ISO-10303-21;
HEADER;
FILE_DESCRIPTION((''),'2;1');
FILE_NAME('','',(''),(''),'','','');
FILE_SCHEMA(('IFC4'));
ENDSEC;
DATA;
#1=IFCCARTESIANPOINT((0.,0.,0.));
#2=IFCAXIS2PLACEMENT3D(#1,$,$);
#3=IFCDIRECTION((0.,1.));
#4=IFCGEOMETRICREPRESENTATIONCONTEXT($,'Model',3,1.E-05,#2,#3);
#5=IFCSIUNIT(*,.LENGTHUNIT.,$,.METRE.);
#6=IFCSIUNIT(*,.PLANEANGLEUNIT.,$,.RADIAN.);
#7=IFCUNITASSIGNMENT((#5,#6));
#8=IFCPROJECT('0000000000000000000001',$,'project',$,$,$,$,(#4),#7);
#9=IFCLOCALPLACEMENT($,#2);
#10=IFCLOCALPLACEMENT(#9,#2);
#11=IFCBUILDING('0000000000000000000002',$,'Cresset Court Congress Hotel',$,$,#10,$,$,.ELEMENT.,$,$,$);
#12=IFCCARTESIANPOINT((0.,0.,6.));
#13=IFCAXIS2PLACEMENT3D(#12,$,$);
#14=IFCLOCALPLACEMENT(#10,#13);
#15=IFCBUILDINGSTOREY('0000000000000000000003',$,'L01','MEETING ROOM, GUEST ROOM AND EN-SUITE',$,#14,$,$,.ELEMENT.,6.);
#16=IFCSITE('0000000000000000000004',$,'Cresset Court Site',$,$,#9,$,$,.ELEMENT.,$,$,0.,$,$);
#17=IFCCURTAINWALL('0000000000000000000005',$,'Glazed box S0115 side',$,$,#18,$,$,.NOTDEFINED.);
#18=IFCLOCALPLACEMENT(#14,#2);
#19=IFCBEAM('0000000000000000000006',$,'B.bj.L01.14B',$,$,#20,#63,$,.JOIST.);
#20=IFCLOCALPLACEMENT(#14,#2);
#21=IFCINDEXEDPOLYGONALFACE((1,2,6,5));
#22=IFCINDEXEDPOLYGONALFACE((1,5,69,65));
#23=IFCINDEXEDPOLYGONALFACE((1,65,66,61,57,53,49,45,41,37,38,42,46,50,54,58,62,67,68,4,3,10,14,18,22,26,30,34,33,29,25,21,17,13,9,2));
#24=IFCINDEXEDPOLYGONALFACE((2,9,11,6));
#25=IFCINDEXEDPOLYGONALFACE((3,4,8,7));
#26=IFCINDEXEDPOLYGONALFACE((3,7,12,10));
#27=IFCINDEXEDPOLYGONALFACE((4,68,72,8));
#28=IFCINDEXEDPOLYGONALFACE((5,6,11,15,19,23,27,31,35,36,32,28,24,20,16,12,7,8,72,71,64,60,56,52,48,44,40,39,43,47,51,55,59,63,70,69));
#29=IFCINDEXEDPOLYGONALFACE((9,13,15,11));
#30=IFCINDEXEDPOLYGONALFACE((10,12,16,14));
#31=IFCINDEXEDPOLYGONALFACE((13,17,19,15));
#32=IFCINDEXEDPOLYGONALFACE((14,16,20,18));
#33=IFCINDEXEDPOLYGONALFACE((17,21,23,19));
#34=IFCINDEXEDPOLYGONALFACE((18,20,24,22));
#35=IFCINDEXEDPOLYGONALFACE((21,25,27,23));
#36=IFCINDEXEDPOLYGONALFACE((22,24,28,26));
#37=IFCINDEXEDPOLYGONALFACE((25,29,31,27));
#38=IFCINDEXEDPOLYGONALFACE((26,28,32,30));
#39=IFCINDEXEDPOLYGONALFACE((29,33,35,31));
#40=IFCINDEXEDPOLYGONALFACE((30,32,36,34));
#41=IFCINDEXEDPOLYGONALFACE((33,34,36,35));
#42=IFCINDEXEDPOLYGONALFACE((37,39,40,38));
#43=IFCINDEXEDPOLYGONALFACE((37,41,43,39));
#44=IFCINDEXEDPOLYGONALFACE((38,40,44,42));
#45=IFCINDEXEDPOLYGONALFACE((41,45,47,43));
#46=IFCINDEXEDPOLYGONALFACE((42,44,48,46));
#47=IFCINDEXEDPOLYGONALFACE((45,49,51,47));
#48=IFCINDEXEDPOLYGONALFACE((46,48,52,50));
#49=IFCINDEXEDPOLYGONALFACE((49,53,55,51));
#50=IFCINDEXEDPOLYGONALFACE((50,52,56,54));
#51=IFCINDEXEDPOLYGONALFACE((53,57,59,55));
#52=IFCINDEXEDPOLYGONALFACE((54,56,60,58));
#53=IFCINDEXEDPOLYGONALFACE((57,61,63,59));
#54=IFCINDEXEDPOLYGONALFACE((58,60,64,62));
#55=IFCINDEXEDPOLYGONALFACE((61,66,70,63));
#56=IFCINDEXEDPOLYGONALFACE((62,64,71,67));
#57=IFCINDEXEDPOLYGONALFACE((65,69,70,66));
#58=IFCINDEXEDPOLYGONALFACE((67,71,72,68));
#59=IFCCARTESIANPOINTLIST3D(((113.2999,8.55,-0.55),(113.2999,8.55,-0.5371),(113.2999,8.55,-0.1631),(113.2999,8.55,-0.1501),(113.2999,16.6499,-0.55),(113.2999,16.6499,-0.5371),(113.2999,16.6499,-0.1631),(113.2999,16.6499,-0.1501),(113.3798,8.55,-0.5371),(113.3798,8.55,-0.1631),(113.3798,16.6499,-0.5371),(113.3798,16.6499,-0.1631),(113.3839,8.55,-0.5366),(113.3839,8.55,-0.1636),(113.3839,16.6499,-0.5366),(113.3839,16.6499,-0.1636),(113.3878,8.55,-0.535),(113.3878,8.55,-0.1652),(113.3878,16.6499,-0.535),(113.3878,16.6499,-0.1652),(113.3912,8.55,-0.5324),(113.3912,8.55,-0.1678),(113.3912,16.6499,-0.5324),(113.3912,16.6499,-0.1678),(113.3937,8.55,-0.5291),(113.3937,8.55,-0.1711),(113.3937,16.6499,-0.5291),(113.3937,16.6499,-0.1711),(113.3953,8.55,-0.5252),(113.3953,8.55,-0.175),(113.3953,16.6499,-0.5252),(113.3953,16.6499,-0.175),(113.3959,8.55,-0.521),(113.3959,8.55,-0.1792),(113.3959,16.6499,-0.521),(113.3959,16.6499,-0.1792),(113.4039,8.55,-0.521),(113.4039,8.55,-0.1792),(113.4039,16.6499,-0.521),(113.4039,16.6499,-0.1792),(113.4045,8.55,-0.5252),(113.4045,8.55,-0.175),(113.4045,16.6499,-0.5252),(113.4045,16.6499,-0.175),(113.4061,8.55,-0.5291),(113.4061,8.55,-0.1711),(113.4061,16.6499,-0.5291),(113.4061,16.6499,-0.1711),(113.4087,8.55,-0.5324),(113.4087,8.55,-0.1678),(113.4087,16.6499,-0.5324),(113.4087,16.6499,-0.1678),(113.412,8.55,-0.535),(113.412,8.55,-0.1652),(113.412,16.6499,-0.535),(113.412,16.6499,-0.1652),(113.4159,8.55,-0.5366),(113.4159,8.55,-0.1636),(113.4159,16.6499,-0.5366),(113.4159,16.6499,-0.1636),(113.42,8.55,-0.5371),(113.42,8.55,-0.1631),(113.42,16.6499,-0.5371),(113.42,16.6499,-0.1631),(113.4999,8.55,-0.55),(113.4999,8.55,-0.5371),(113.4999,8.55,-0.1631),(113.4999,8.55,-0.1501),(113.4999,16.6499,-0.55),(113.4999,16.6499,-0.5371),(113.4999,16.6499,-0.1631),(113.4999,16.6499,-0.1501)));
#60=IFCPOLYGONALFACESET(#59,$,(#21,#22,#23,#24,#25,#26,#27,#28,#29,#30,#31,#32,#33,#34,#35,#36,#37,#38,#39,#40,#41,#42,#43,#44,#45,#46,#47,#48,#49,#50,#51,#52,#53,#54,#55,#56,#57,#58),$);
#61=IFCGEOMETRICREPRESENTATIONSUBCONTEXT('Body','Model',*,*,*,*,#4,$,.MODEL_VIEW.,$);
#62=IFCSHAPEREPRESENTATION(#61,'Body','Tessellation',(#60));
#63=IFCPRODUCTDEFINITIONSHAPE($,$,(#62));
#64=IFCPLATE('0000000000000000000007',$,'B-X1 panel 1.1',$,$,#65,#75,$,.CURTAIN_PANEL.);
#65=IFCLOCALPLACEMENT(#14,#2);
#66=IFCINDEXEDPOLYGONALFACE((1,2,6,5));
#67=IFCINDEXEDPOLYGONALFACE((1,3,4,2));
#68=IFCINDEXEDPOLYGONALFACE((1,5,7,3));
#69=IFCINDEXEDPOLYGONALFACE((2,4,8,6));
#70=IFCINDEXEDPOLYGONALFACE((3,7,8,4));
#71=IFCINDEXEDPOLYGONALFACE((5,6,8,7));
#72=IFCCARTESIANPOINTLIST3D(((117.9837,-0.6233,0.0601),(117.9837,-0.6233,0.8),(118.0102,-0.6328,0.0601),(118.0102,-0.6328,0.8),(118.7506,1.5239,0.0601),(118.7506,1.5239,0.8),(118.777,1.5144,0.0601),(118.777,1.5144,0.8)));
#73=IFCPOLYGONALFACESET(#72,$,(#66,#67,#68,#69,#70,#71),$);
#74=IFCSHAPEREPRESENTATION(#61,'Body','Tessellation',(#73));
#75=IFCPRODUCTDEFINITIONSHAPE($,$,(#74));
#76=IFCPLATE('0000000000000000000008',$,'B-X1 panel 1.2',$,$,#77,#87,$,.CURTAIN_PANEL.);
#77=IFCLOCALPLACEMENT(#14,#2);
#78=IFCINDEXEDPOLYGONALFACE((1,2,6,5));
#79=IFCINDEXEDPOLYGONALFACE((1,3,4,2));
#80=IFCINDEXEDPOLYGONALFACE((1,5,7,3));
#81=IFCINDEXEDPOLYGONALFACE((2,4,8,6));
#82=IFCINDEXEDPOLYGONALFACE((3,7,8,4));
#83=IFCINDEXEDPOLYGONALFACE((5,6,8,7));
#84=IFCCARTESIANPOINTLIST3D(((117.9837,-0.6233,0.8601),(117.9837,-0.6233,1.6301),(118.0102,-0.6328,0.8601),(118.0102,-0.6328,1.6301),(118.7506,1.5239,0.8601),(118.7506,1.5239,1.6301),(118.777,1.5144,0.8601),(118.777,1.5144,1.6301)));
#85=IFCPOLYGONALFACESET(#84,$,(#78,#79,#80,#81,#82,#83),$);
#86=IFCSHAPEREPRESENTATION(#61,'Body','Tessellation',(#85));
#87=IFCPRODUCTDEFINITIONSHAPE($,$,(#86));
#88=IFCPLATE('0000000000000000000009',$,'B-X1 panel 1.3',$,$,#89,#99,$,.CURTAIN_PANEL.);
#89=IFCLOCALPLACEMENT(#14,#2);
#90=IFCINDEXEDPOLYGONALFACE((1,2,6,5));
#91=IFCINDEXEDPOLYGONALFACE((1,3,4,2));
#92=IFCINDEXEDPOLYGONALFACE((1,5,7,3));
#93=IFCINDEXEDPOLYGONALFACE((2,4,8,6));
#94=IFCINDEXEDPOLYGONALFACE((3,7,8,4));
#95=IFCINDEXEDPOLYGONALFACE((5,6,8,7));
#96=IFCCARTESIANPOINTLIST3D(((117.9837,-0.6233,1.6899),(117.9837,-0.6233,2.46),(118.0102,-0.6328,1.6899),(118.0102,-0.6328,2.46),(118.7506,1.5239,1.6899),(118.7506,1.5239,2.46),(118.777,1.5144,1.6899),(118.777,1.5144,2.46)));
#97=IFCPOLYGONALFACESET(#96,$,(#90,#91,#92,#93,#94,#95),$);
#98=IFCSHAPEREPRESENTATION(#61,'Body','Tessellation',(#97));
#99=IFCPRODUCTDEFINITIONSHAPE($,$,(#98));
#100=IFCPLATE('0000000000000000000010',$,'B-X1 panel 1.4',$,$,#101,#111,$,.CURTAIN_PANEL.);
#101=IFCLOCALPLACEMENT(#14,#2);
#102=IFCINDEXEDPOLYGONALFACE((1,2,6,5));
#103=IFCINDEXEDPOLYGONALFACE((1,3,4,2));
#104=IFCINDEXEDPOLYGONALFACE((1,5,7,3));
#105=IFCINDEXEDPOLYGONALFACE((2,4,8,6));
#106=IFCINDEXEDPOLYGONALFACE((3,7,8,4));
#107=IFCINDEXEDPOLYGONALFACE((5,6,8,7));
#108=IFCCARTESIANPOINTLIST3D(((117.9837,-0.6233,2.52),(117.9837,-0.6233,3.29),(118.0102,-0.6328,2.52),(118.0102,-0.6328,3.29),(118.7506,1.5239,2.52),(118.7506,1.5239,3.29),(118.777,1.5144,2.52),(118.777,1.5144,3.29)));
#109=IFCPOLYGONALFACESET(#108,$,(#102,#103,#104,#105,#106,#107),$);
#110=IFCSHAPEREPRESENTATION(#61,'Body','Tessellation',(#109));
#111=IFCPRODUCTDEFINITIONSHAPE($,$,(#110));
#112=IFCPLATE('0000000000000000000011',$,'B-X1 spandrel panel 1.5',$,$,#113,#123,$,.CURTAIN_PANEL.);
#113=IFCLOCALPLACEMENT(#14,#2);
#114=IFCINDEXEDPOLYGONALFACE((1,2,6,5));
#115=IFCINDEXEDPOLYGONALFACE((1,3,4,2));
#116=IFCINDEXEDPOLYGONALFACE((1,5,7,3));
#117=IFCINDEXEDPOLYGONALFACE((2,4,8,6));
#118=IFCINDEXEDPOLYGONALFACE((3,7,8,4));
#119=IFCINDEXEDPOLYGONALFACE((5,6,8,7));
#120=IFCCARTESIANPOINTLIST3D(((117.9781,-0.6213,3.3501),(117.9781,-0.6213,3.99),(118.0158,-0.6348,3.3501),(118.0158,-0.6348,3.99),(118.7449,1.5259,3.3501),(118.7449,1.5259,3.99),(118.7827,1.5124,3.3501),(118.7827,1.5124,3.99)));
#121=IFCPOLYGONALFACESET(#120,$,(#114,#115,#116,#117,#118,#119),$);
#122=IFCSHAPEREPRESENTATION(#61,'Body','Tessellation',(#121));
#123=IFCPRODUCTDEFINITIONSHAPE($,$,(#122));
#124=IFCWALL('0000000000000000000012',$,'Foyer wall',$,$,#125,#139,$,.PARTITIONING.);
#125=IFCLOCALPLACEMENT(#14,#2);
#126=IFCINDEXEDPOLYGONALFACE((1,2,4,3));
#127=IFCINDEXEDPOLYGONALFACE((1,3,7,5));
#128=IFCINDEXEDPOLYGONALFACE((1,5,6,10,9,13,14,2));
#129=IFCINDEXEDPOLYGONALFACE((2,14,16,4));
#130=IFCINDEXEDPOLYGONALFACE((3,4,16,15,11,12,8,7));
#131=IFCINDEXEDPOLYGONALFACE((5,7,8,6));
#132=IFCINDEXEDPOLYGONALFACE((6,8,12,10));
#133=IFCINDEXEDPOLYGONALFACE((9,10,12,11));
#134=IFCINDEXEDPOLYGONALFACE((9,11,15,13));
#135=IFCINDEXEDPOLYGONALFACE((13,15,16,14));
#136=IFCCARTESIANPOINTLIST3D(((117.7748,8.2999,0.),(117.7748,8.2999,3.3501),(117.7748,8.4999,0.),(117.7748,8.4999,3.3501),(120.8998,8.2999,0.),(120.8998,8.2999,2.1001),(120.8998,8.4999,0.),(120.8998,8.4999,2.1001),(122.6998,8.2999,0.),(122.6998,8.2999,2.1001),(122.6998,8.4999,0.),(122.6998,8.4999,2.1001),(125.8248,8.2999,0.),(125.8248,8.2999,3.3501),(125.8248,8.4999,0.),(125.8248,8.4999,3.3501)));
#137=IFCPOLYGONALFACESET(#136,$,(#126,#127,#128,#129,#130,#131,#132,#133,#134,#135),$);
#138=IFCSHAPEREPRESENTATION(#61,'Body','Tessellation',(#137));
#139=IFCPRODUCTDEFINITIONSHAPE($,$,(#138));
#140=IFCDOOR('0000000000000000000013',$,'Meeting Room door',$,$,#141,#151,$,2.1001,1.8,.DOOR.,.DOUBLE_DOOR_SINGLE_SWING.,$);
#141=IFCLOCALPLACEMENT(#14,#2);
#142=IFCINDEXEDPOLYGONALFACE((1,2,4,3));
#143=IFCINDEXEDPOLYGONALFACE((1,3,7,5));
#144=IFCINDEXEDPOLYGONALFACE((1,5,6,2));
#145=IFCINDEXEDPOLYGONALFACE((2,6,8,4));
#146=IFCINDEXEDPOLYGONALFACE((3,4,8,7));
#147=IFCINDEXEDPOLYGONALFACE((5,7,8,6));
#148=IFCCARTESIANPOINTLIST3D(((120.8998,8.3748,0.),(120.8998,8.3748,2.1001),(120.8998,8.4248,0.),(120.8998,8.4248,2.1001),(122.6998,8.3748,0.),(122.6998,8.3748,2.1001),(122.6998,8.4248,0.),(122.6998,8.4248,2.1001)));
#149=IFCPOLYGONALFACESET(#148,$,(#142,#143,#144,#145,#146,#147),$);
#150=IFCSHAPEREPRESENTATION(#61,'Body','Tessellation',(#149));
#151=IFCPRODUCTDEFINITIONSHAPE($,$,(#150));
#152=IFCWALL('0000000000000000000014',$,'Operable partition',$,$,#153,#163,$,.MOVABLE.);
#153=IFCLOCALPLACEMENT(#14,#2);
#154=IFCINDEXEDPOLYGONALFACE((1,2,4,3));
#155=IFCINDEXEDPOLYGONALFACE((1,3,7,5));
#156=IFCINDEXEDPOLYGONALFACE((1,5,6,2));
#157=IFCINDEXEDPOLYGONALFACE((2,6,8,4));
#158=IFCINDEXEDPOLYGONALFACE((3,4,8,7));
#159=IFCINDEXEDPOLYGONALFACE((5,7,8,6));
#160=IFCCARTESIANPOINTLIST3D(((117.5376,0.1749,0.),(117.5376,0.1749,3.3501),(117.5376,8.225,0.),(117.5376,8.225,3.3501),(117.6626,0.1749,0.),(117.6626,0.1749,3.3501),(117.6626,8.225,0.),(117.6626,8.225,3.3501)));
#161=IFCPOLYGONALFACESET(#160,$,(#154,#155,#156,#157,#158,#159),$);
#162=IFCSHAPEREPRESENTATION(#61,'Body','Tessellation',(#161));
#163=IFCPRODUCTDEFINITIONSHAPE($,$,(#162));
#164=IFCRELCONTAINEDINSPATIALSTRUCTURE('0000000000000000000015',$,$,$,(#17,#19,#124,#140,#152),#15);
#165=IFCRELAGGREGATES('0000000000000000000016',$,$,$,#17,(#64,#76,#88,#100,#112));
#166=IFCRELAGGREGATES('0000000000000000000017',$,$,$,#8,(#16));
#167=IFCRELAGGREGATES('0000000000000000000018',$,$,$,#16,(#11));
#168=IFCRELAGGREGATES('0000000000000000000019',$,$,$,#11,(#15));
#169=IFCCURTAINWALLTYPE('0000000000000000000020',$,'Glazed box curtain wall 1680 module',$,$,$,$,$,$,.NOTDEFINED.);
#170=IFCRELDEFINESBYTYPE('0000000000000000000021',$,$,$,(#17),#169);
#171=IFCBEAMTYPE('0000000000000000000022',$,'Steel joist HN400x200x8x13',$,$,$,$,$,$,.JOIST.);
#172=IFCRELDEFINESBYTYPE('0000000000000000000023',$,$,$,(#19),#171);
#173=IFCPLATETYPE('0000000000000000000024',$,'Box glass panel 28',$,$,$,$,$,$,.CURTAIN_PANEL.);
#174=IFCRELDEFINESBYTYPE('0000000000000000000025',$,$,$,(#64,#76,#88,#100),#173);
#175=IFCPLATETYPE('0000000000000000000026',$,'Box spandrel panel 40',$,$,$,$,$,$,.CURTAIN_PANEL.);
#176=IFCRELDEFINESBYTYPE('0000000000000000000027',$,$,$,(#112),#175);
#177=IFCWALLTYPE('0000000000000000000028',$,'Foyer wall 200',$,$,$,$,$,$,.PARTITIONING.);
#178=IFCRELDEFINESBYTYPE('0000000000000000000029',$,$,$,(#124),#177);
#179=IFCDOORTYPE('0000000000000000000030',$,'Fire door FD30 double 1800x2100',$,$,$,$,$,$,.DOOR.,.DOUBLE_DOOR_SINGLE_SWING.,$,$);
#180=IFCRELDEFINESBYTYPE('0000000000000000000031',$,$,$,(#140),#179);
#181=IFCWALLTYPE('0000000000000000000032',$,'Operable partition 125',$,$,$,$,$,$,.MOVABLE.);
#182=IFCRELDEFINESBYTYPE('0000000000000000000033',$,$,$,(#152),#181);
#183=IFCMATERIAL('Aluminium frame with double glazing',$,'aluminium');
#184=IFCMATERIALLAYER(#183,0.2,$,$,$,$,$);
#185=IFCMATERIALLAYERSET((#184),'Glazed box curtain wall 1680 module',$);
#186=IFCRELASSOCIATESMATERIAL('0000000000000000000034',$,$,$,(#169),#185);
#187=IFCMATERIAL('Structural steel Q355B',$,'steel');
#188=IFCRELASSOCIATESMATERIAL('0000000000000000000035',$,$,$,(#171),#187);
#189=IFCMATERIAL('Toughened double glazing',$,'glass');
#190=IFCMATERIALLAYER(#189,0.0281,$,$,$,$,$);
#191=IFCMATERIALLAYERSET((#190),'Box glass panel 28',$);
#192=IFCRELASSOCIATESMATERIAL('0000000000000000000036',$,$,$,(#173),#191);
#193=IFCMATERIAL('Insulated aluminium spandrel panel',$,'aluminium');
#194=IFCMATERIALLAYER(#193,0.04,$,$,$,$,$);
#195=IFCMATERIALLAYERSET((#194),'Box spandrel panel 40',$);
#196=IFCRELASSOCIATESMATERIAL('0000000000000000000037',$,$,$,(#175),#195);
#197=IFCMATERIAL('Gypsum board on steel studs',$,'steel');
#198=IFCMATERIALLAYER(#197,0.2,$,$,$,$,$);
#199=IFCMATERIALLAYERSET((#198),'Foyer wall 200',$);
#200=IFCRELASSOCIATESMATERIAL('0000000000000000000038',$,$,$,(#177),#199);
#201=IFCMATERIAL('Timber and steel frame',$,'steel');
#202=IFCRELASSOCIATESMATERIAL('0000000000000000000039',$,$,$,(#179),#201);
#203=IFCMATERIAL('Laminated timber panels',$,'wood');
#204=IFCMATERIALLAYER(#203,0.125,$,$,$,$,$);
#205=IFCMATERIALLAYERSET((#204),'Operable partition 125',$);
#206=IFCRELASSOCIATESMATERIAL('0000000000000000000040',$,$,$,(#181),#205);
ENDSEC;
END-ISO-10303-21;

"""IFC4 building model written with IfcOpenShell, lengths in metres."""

from ifc_helpers import new_model, si_unit, direction, frame, frame_2d, origin, origin_2d, place, context, subcontext, project, spatial, rectangle, i_section, extrude, material, layer, layer_set, material_profile, profile_set, type_object, element, fill, aggregate, save


model = new_model("IFC4")

# Units and contexts
model_context = context("Model", 3, precision=1e-05, world=origin(), true_north=direction((0.0, 1.0)))
body_context = subcontext(model_context, "Body", "Model", "MODEL_VIEW")
ifc_project = project(units=[si_unit("LENGTHUNIT", "METRE"), si_unit("PLANEANGLEUNIT", "RADIAN")], contexts=[model_context])

# Site, building, storey
site_placement = place(None, origin())
site = spatial("IfcSite", under=ifc_project, at=site_placement, Name="Cresset Court Site", CompositionType="ELEMENT", RefElevation=0.0)
building_placement = place(site_placement, origin())
building = spatial("IfcBuilding", under=site, at=building_placement, Name="Cresset Court Congress Hotel", CompositionType="ELEMENT")
storey_placement = place(building_placement, frame((0.0, 0.0, 6.0)))
storey = spatial("IfcBuildingStorey", under=building, at=storey_placement, Name="L01", Description="MEETING ROOM, GUEST ROOM AND EN-SUITE", CompositionType="ELEMENT", Elevation=6.0)

# Curtain wall
ifc_material_1 = material(Name="Aluminium frame with double glazing", Category="aluminium")
ifc_layer_1 = layer(ifc_material_1, 0.2)
ifc_layer_set_1 = layer_set([ifc_layer_1], Name="Glazed box curtain wall 1680 module")
curtain_wall_type = type_object("IfcCurtainWallType", Name="Glazed box curtain wall 1680 module", PredefinedType="NOTDEFINED", material=ifc_layer_set_1)
curtain_wall_1_placement = place(storey_placement, origin())
curtain_wall_1 = element("IfcCurtainWall", 1, at=curtain_wall_1_placement, inside=storey, type_object=curtain_wall_type, Name="Glazed box S0115 side", PredefinedType="NOTDEFINED")

# Beam
ifc_material_2 = material(Name="Structural steel Q355B", Category="steel")
ifc_material_profile_1 = material_profile(ifc_material_2, i_section(OverallWidth=0.2, OverallDepth=0.3999, WebThickness=0.0081, FlangeThickness=0.0129, FilletRadius=0.0161, at=origin_2d()), Name="HN400x200x8x13")
ifc_profile_set_1 = profile_set([ifc_material_profile_1], Name="Structural steel Q355B")
beam_type_1 = type_object("IfcBeamType", Name="Steel joist HN400x200x8x13", PredefinedType="JOIST", material=ifc_profile_set_1)
beam_placement = place(storey_placement, frame((113.3999, 8.55, -0.3501), z_axis=(0.0, 1.0, 0.0), x_axis=(-1.0, 0.0, 0.0)))
element("IfcBeam", 2, at=beam_placement, inside=storey, type_object=beam_type_1, Name="B.bj.L01.14B", PredefinedType="JOIST", context=body_context, shape_type="SweptSolid", body=[
    extrude(i_section(OverallWidth=0.2, OverallDepth=0.3999, WebThickness=0.0081, FlangeThickness=0.0129, FilletRadius=0.0161, at=origin_2d()), origin(), (0.0, 0.0, 1.0), 8.0999),
])

# Plates
ifc_material_3 = material(Name="Toughened double glazing", Category="glass")
ifc_layer_2 = layer(ifc_material_3, 0.0281)
ifc_layer_set_2 = layer_set([ifc_layer_2], Name="Box glass panel 28")
plate_type_1 = type_object("IfcPlateType", Name="Box glass panel 28", PredefinedType="CURTAIN_PANEL", material=ifc_layer_set_2)
plate_1_placement = place(storey_placement, frame((118.3804, 0.4456, 0.0601), z_axis=(0.0, 0.0, 1.0), x_axis=(0.336336, 0.941742, 0.0)))
plate_1 = element("IfcPlate", 3, at=plate_1_placement, type_object=plate_type_1, Name="B-X1 panel 1.1", PredefinedType="CURTAIN_PANEL", context=body_context, shape_type="SweptSolid", body=[
    extrude(rectangle(XDim=2.28, YDim=0.0281, at=origin_2d()), origin(), (0.0, 0.0, 1.0), 0.74),
])
plate_2_placement = place(storey_placement, frame((118.3804, 0.4456, 0.8601), z_axis=(0.0, 0.0, 1.0), x_axis=(0.336336, 0.941742, 0.0)))
plate_2 = element("IfcPlate", 4, at=plate_2_placement, type_object=plate_type_1, Name="B-X1 panel 1.2", PredefinedType="CURTAIN_PANEL", context=body_context, shape_type="SweptSolid", body=[
    extrude(rectangle(XDim=2.28, YDim=0.0281, at=origin_2d()), origin(), (0.0, 0.0, 1.0), 0.77),
])
plate_3_placement = place(storey_placement, frame((118.3804, 0.4456, 1.6899), z_axis=(0.0, 0.0, 1.0), x_axis=(0.336336, 0.941742, 0.0)))
plate_3 = element("IfcPlate", 5, at=plate_3_placement, type_object=plate_type_1, Name="B-X1 panel 1.3", PredefinedType="CURTAIN_PANEL", context=body_context, shape_type="SweptSolid", body=[
    extrude(rectangle(XDim=2.28, YDim=0.0281, at=origin_2d()), origin(), (0.0, 0.0, 1.0), 0.77),
])
plate_4_placement = place(storey_placement, frame((118.3804, 0.4456, 2.52), z_axis=(0.0, 0.0, 1.0), x_axis=(0.336336, 0.941742, 0.0)))
plate_4 = element("IfcPlate", 6, at=plate_4_placement, type_object=plate_type_1, Name="B-X1 panel 1.4", PredefinedType="CURTAIN_PANEL", context=body_context, shape_type="SweptSolid", body=[
    extrude(rectangle(XDim=2.28, YDim=0.0281, at=origin_2d()), origin(), (0.0, 0.0, 1.0), 0.77),
])
ifc_material_4 = material(Name="Insulated aluminium spandrel panel", Category="aluminium")
ifc_layer_3 = layer(ifc_material_4, 0.04)
ifc_layer_set_3 = layer_set([ifc_layer_3], Name="Box spandrel panel 40")
plate_type_2 = type_object("IfcPlateType", Name="Box spandrel panel 40", PredefinedType="CURTAIN_PANEL", material=ifc_layer_set_3)
plate_5_placement = place(storey_placement, frame((118.3804, 0.4456, 3.3501), z_axis=(0.0, 0.0, 1.0), x_axis=(0.336336, 0.941742, 0.0)))
plate_5 = element("IfcPlate", 7, at=plate_5_placement, type_object=plate_type_2, Name="B-X1 spandrel panel 1.5", PredefinedType="CURTAIN_PANEL", context=body_context, shape_type="SweptSolid", body=[
    extrude(rectangle(XDim=2.28, YDim=0.04, at=origin_2d()), origin(), (0.0, 0.0, 1.0), 0.6399),
])
aggregate(curtain_wall_1, [plate_1, plate_2, plate_3, plate_4, plate_5])

# Wall, opening, door
ifc_material_5 = material(Name="Gypsum board on steel studs", Category="steel")
ifc_layer_4 = layer(ifc_material_5, 0.2)
ifc_layer_set_4 = layer_set([ifc_layer_4], Name="Foyer wall 200")
wall_type_1 = type_object("IfcWallType", Name="Foyer wall 200", PredefinedType="PARTITIONING", material=ifc_layer_set_4)
wall_1_placement = place(storey_placement, frame((117.7749, 8.3999, 0.0), z_axis=(0.0, 0.0, 1.0), x_axis=(1.0, 0.0, 0.0)))
wall_1 = element("IfcWall", 8, at=wall_1_placement, inside=storey, type_object=wall_type_1, Name="Foyer wall", PredefinedType="PARTITIONING", context=body_context, shape_type="SweptSolid", body=[
    extrude(rectangle(XDim=8.05, YDim=0.2, at=frame_2d((4.0249, 0.0))), origin(), (0.0, 0.0, 1.0), 3.3501),
])
opening_1_placement = place(wall_1_placement, frame((3.125, 0.0, 0.0)))
opening_1 = element("IfcOpeningElement", 9, at=opening_1_placement, cuts=wall_1, PredefinedType="OPENING", context=body_context, shape_type="SweptSolid", body=[
    extrude(rectangle(XDim=1.8, YDim=2.1001, at=frame_2d((0.8999, 1.05))), frame((0.0, 0.1099, 0.0), z_axis=(0.0, -1.0, 0.0), x_axis=(1.0, 0.0, 0.0)), (0.0, 0.0, 1.0), 0.22),
])
ifc_material_6 = material(Name="Timber and steel frame", Category="steel")
door_type_1 = type_object("IfcDoorType", Name="Fire door FD30 double 1800x2100", OperationType="DOUBLE_DOOR_SINGLE_SWING", PredefinedType="DOOR", material=ifc_material_6)
door_1_placement = place(opening_1_placement, origin())
door_1 = element("IfcDoor", 10, at=door_1_placement, inside=storey, type_object=door_type_1, Name="Meeting Room door", OperationType="DOUBLE_DOOR_SINGLE_SWING", OverallHeight=2.1001, OverallWidth=1.8, PredefinedType="DOOR", context=body_context, shape_type="SweptSolid", body=[
    extrude(rectangle(XDim=1.8, YDim=2.1001, at=frame_2d((0.8999, 1.05))), frame((0.0, 0.0249, 0.0), z_axis=(0.0, -1.0, 0.0), x_axis=(1.0, 0.0, 0.0)), (0.0, 0.0, 1.0), 0.05),
])
fill(opening_1, door_1)

# Wall
ifc_material_7 = material(Name="Laminated timber panels", Category="wood")
ifc_layer_5 = layer(ifc_material_7, 0.125)
ifc_layer_set_5 = layer_set([ifc_layer_5], Name="Operable partition 125")
wall_type_2 = type_object("IfcWallType", Name="Operable partition 125", PredefinedType="MOVABLE", material=ifc_layer_set_5)
wall_2_placement = place(storey_placement, frame((117.6001, 0.175, 0.0), z_axis=(0.0, 0.0, 1.0), x_axis=(0.0, 1.0, 0.0)))
element("IfcWall", 11, at=wall_2_placement, inside=storey, type_object=wall_type_2, Name="Operable partition", PredefinedType="MOVABLE", context=body_context, shape_type="SweptSolid", body=[
    extrude(rectangle(XDim=8.05, YDim=0.125, at=frame_2d((4.0249, 0.0))), origin(), (0.0, 0.0, 1.0), 3.3501),
])

save(model, "model.ifc")
